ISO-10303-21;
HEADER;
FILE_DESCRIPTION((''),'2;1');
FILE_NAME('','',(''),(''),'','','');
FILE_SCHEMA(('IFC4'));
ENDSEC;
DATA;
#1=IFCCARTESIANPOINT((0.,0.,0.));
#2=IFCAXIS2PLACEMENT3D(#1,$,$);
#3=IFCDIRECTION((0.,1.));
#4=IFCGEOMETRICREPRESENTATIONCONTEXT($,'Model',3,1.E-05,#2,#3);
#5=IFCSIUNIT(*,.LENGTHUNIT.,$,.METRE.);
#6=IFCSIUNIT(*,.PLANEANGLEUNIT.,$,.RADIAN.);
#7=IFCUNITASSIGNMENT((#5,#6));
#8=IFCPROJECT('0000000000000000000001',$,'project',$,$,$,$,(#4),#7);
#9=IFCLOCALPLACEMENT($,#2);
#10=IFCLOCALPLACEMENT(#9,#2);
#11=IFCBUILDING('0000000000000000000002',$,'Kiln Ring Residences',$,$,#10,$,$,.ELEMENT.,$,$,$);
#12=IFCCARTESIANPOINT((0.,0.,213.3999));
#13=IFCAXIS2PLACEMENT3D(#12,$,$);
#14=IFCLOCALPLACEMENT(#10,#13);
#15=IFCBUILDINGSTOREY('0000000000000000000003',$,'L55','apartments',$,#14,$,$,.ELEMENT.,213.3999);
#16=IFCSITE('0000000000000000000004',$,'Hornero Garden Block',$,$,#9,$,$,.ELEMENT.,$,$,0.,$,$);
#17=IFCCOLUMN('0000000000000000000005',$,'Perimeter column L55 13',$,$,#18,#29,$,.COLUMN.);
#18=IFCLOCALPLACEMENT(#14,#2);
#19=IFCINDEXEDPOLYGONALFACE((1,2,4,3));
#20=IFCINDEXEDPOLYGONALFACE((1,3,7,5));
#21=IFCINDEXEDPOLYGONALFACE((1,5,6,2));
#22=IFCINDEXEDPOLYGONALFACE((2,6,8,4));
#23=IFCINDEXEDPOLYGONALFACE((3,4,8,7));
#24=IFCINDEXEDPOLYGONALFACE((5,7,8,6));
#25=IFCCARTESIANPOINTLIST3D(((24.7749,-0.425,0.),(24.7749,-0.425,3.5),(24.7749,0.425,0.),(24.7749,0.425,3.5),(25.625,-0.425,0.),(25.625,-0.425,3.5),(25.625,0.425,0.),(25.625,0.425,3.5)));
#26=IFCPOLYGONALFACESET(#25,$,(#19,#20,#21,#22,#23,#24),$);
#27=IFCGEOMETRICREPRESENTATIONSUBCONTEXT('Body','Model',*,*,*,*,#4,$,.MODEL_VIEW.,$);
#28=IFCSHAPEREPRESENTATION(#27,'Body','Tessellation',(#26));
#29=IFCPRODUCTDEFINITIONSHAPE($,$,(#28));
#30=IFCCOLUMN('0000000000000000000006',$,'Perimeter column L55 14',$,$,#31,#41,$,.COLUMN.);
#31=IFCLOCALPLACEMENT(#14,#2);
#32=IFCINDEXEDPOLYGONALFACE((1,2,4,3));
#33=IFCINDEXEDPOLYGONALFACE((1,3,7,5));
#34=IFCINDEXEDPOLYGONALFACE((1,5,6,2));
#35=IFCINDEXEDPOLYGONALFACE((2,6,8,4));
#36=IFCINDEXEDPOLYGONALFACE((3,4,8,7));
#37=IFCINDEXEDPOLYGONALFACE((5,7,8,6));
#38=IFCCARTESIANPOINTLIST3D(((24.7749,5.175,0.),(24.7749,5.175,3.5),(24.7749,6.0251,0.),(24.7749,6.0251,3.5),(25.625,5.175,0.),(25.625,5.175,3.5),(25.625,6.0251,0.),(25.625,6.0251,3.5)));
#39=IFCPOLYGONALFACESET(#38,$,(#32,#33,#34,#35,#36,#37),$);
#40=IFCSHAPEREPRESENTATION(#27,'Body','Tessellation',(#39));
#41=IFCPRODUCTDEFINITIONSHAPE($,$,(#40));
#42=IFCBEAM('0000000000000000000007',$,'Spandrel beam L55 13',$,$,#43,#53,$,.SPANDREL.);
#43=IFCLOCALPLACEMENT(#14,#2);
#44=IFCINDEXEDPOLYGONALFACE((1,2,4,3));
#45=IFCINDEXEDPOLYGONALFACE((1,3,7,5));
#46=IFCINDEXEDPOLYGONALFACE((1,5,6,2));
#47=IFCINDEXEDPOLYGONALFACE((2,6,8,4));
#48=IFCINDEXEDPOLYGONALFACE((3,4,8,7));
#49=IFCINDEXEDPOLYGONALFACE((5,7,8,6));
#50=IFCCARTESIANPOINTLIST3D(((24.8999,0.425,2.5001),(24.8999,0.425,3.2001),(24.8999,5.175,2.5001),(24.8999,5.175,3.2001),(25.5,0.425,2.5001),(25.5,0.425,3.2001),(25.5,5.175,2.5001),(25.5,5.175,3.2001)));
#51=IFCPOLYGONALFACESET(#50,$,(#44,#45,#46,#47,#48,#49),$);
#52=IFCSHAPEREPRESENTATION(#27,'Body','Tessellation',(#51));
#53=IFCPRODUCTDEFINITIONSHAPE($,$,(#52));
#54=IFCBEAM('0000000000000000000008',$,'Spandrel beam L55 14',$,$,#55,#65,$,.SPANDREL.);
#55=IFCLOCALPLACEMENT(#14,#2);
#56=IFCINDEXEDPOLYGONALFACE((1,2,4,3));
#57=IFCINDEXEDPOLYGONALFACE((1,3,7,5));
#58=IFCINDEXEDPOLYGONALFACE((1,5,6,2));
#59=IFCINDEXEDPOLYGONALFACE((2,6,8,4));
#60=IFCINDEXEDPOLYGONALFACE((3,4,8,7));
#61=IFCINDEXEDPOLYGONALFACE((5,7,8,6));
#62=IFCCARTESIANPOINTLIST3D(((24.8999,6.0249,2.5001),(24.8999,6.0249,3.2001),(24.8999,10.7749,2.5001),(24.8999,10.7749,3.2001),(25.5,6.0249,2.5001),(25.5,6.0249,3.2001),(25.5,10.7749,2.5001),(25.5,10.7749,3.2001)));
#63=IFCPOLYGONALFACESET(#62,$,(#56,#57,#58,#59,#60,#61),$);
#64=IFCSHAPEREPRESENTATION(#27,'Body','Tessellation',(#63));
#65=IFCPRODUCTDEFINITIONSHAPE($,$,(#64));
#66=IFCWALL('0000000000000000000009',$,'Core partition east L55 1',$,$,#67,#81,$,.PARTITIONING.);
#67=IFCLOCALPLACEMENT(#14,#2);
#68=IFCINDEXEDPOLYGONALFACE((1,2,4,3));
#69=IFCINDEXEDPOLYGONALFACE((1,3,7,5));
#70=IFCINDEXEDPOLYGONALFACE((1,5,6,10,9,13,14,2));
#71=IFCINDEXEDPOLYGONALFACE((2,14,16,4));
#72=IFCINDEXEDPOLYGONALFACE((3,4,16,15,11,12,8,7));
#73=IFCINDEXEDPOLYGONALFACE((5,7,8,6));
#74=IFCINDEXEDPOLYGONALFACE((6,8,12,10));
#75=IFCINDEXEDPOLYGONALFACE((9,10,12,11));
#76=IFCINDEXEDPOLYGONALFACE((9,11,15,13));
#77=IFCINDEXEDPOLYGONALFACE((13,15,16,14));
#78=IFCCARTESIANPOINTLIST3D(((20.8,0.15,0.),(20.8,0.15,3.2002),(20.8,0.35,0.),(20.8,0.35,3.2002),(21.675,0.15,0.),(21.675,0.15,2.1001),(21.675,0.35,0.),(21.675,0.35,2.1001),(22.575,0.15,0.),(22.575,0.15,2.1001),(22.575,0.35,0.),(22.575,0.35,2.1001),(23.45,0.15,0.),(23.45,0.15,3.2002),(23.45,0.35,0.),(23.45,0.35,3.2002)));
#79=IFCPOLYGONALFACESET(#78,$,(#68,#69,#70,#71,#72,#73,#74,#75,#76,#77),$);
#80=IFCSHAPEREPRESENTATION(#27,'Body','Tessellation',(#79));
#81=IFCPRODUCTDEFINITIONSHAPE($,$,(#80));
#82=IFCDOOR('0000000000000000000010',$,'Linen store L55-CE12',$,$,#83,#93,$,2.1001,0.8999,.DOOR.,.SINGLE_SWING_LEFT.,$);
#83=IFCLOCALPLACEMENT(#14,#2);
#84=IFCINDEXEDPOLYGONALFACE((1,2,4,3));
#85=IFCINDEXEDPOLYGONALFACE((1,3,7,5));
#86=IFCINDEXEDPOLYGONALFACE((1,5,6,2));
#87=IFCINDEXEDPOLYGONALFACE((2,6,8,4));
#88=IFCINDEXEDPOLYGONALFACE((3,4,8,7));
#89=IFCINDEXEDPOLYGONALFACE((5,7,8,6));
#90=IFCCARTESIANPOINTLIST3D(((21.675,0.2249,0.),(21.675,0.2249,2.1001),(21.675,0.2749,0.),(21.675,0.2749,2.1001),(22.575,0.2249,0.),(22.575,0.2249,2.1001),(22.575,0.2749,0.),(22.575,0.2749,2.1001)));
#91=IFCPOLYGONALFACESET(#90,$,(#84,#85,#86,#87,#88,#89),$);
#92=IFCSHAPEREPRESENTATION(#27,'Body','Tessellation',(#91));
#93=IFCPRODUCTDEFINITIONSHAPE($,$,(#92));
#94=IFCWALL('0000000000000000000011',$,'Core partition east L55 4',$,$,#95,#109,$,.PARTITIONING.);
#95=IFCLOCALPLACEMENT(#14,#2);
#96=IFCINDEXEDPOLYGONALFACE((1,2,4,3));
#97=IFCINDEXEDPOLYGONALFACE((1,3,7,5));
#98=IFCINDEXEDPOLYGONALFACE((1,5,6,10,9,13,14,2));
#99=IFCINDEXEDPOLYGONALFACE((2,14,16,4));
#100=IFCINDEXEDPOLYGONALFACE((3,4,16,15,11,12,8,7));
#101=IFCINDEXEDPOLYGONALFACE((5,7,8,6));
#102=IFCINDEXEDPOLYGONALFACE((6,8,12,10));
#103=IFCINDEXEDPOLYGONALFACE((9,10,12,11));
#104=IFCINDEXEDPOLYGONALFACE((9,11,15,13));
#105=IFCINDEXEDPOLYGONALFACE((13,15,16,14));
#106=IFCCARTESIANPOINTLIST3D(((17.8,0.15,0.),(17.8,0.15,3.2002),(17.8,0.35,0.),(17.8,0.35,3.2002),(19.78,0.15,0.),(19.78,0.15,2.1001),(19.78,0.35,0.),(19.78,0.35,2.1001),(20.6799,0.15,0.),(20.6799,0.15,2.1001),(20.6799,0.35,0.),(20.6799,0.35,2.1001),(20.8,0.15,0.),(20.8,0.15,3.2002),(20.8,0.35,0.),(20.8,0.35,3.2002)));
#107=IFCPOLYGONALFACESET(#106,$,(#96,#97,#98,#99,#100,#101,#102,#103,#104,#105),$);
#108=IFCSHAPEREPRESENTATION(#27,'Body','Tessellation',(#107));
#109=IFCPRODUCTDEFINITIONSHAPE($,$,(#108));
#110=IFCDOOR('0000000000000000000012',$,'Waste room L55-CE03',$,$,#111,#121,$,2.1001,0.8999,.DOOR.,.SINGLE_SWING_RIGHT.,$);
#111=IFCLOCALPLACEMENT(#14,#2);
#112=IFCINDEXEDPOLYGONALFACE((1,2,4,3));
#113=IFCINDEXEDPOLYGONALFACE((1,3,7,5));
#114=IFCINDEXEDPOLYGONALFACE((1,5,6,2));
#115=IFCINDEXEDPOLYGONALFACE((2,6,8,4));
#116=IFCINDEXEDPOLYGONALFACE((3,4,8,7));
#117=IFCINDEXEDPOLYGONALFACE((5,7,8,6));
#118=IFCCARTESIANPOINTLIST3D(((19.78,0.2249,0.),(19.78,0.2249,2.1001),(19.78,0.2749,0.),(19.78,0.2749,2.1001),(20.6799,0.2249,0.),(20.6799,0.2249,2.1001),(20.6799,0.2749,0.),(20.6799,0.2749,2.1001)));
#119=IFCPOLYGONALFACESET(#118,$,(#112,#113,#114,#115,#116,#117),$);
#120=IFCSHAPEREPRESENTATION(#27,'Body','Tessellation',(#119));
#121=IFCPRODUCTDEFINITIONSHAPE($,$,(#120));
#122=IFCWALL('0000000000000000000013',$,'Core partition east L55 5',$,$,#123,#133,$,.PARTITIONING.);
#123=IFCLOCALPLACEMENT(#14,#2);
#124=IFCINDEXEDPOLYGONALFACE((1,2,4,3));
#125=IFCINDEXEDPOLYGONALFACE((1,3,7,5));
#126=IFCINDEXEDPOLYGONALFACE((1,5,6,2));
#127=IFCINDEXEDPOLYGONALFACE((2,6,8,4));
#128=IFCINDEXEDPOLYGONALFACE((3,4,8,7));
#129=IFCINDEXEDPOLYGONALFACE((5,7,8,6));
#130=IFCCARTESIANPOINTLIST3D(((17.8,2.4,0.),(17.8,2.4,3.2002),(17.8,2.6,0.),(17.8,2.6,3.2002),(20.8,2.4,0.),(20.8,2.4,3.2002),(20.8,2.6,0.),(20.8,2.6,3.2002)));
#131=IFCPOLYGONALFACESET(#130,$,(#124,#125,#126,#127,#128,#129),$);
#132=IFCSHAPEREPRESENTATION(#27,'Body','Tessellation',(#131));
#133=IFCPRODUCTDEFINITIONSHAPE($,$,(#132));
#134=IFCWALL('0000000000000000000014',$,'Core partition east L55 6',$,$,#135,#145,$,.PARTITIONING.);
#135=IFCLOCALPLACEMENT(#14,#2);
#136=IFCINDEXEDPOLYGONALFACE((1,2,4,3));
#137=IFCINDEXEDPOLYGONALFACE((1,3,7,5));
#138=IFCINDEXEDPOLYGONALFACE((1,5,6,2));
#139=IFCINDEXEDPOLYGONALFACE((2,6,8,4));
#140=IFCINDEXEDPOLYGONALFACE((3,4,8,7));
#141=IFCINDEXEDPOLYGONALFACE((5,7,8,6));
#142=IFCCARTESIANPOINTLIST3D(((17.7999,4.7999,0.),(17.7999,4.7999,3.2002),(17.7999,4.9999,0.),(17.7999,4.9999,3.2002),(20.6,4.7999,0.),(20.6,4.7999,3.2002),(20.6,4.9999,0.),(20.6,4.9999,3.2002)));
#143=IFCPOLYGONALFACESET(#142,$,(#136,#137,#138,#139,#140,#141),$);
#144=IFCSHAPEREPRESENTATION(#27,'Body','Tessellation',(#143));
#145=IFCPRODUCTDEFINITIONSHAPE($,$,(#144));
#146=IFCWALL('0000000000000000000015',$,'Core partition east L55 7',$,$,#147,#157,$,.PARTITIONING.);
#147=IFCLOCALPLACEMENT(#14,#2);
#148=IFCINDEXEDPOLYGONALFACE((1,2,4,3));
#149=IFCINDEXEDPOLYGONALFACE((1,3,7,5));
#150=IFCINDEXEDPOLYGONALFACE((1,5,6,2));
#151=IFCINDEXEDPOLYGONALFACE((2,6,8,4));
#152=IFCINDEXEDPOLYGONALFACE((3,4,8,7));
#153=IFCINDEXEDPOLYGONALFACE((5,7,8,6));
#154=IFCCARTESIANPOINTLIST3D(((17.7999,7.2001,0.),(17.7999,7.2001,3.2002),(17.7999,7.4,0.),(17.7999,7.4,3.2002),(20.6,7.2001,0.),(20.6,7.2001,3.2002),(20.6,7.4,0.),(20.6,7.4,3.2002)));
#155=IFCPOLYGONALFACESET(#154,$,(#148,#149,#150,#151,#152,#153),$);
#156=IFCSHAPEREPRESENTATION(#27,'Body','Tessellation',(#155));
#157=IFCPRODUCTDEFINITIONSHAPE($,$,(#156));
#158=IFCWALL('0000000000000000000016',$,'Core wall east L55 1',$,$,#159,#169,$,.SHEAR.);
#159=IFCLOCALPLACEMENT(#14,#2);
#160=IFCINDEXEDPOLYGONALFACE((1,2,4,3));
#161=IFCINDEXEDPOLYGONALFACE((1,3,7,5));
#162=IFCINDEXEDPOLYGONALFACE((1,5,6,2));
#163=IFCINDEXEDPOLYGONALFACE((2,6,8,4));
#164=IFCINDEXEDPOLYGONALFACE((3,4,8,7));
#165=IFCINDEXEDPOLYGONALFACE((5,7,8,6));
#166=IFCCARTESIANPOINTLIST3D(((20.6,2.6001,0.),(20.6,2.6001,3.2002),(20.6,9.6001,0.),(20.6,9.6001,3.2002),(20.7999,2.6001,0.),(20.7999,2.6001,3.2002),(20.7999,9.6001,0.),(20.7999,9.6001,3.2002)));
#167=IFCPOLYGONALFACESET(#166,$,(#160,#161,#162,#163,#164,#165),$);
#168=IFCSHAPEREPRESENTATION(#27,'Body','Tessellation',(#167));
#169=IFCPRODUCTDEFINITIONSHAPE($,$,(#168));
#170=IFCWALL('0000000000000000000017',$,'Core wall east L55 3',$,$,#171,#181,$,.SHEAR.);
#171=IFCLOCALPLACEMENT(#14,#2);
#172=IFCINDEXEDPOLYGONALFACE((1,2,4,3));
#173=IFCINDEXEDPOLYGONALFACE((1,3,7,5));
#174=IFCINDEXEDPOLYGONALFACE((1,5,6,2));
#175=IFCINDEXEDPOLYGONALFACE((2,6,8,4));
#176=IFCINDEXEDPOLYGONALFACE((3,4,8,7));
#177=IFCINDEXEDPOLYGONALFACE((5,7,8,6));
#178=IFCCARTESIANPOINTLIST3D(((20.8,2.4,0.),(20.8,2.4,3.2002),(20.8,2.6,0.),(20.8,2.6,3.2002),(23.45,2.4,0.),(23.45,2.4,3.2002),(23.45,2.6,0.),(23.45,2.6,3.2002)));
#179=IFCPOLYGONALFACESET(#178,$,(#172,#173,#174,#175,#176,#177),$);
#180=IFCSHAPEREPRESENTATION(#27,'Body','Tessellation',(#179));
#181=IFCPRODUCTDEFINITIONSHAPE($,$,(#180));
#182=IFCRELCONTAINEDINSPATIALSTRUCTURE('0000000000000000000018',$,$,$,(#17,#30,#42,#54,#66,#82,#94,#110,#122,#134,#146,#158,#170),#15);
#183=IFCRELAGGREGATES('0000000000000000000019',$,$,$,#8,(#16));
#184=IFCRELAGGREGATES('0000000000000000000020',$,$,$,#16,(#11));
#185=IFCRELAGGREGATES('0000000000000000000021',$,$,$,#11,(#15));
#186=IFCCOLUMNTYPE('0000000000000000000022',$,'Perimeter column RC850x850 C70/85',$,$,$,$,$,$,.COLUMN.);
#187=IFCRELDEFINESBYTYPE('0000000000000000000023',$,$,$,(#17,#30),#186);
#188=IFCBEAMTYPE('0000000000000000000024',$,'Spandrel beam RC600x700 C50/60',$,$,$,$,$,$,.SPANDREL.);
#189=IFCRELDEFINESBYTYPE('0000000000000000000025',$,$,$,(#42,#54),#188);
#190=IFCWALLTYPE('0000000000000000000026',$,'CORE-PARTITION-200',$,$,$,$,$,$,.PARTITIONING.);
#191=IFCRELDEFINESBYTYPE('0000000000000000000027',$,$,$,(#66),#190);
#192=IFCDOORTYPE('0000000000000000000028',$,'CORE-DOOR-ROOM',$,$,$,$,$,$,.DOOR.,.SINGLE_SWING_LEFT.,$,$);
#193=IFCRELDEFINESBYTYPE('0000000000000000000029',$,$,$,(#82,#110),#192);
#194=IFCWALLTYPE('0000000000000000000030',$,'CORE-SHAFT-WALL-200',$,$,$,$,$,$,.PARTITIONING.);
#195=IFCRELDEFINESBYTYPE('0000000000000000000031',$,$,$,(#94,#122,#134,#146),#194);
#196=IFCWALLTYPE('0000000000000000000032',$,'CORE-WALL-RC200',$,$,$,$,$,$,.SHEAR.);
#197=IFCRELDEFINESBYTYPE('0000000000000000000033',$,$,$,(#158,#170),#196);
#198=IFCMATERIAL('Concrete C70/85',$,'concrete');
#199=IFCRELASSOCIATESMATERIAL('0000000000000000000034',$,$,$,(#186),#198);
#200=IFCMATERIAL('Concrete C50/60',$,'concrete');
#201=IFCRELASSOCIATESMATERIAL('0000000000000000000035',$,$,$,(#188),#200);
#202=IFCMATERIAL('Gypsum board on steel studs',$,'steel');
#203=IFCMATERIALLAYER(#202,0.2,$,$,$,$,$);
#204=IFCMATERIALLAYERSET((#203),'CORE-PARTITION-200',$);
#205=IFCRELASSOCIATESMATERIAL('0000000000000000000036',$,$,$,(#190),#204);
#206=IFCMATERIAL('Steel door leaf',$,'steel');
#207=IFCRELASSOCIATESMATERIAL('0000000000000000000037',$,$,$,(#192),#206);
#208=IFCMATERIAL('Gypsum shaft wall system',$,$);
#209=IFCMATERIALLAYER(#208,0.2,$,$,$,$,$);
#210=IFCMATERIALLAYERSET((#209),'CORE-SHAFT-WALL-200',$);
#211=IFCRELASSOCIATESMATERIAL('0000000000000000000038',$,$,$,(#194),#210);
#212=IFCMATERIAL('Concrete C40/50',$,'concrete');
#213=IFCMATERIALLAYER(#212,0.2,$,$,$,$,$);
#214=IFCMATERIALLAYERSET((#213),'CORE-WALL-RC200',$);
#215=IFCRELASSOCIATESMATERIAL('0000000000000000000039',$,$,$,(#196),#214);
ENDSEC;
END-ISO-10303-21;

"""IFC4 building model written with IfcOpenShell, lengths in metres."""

from ifc_helpers import new_model, si_unit, direction, frame, frame_2d, origin, origin_2d, place, context, subcontext, project, spatial, rectangle, extrude, material, layer, layer_set, material_profile, profile_set, type_object, element, fill, save


model = new_model("IFC4")

# Units and contexts
model_context = context("Model", 3, precision=1e-05, world=origin(), true_north=direction((0.0, 1.0)))
body_context = subcontext(model_context, "Body", "Model", "MODEL_VIEW")
ifc_project = project(units=[si_unit("LENGTHUNIT", "METRE"), si_unit("PLANEANGLEUNIT", "RADIAN")], contexts=[model_context])

# Site, building, storey
site_placement = place(None, origin())
site = spatial("IfcSite", under=ifc_project, at=site_placement, Name="Hornero Garden Block", CompositionType="ELEMENT", RefElevation=0.0)
building_placement = place(site_placement, origin())
building = spatial("IfcBuilding", under=site, at=building_placement, Name="Kiln Ring Residences", CompositionType="ELEMENT")
storey_placement = place(building_placement, frame((0.0, 0.0, 213.3999)))
storey = spatial("IfcBuildingStorey", under=building, at=storey_placement, Name="L55", Description="apartments", CompositionType="ELEMENT", Elevation=213.3999)

# Columns
ifc_material_1 = material(Name="Concrete C70/85", Category="concrete")
ifc_material_profile_1 = material_profile(ifc_material_1, rectangle(XDim=0.8501, YDim=0.8501, at=origin_2d()), Name="RC850x850")
ifc_profile_set_1 = profile_set([ifc_material_profile_1], Name="Concrete C70/85")
column_type = type_object("IfcColumnType", Name="Perimeter column RC850x850 C70/85", PredefinedType="COLUMN", material=ifc_profile_set_1)
for number, where, z_axis, x_axis, name in (
    (1, (25.2, 0.0, 0.0), (0.0, 0.0, 1.0), (1.0, 0.0, 0.0), "Perimeter column L55 13"),
    (2, (25.2, 5.6001, 0.0), (0.0, 0.0, 1.0), (1.0, 0.0, 0.0), "Perimeter column L55 14"),
):
    element("IfcColumn", number, at=place(storey_placement, frame(where, z_axis=z_axis, x_axis=x_axis)), inside=storey, type_object=column_type, Name=name, PredefinedType="COLUMN", context=body_context, shape_type="SweptSolid", body=[
        extrude(rectangle(XDim=0.8501, YDim=0.8501, at=origin_2d()), origin(), (0.0, 0.0, 1.0), 3.5),
    ])

# Beams
ifc_material_2 = material(Name="Concrete C50/60", Category="concrete")
ifc_material_profile_2 = material_profile(ifc_material_2, rectangle(XDim=0.6001, YDim=0.7, at=origin_2d()), Name="RC600x700")
ifc_profile_set_2 = profile_set([ifc_material_profile_2], Name="Concrete C50/60")
beam_type = type_object("IfcBeamType", Name="Spandrel beam RC600x700 C50/60", PredefinedType="SPANDREL", material=ifc_profile_set_2)
for number, where, z_axis, x_axis, name in (
    (3, (25.2, 0.425, 2.8501), (0.0, 1.0, 0.0), (-1.0, 0.0, 0.0), "Spandrel beam L55 13"),
    (4, (25.2, 6.0249, 2.8501), (0.0, 1.0, 0.0), (-1.0, 0.0, 0.0), "Spandrel beam L55 14"),
):
    element("IfcBeam", number, at=place(storey_placement, frame(where, z_axis=z_axis, x_axis=x_axis)), inside=storey, type_object=beam_type, Name=name, PredefinedType="SPANDREL", context=body_context, shape_type="SweptSolid", body=[
        extrude(rectangle(XDim=0.6001, YDim=0.7, at=origin_2d()), origin(), (0.0, 0.0, 1.0), 4.75),
    ])

# Walls, openings, doors
ifc_material_3 = material(Name="Gypsum board on steel studs", Category="steel")
ifc_layer_1 = layer(ifc_material_3, 0.2)
ifc_layer_set_1 = layer_set([ifc_layer_1], Name="CORE-PARTITION-200")
wall_type_1 = type_object("IfcWallType", Name="CORE-PARTITION-200", PredefinedType="PARTITIONING", material=ifc_layer_set_1)
wall_1_placement = place(storey_placement, frame((20.8, 0.25, 0.0), z_axis=(0.0, 0.0, 1.0), x_axis=(1.0, 0.0, 0.0)))
wall_1 = element("IfcWall", 5, at=wall_1_placement, inside=storey, type_object=wall_type_1, Name="Core partition east L55 1", PredefinedType="PARTITIONING", context=body_context, shape_type="SweptSolid", body=[
    extrude(rectangle(XDim=2.6499, YDim=0.2, at=frame_2d((1.325, 0.0))), origin(), (0.0, 0.0, 1.0), 3.2002),
])
opening_1_placement = place(wall_1_placement, frame((0.875, 0.0, 0.0)))
opening_1 = element("IfcOpeningElement", 6, at=opening_1_placement, cuts=wall_1, PredefinedType="OPENING", context=body_context, shape_type="SweptSolid", body=[
    extrude(rectangle(XDim=0.8999, YDim=2.1001, at=frame_2d((0.45, 1.05))), frame((0.0, 0.1099, 0.0), z_axis=(0.0, -1.0, 0.0), x_axis=(1.0, 0.0, 0.0)), (0.0, 0.0, 1.0), 0.22),
])
ifc_material_4 = material(Name="Steel door leaf", Category="steel")
door_type = type_object("IfcDoorType", Name="CORE-DOOR-ROOM", OperationType="SINGLE_SWING_LEFT", PredefinedType="DOOR", material=ifc_material_4)
door_1_placement = place(opening_1_placement, origin())
door_1 = element("IfcDoor", 7, at=door_1_placement, inside=storey, type_object=door_type, Name="Linen store L55-CE12", OperationType="SINGLE_SWING_LEFT", OverallHeight=2.1001, OverallWidth=0.8999, PredefinedType="DOOR", context=body_context, shape_type="SweptSolid", body=[
    extrude(rectangle(XDim=0.8999, YDim=2.1001, at=frame_2d((0.45, 1.05))), frame((0.0, 0.0249, 0.0), z_axis=(0.0, -1.0, 0.0), x_axis=(1.0, 0.0, 0.0)), (0.0, 0.0, 1.0), 0.05),
])
fill(opening_1, door_1)
ifc_material_5 = material(Name="Gypsum shaft wall system")
ifc_layer_2 = layer(ifc_material_5, 0.2)
ifc_layer_set_2 = layer_set([ifc_layer_2], Name="CORE-SHAFT-WALL-200")
wall_type_2 = type_object("IfcWallType", Name="CORE-SHAFT-WALL-200", PredefinedType="PARTITIONING", material=ifc_layer_set_2)
wall_2_placement = place(storey_placement, frame((17.8, 0.25, 0.0), z_axis=(0.0, 0.0, 1.0), x_axis=(1.0, 0.0, 0.0)))
wall_2 = element("IfcWall", 8, at=wall_2_placement, inside=storey, type_object=wall_type_2, Name="Core partition east L55 4", PredefinedType="PARTITIONING", context=body_context, shape_type="SweptSolid", body=[
    extrude(rectangle(XDim=3.0, YDim=0.2, at=frame_2d((1.5, 0.0))), origin(), (0.0, 0.0, 1.0), 3.2002),
])
opening_2_placement = place(wall_2_placement, frame((1.98, 0.0, 0.0)))
opening_2 = element("IfcOpeningElement", 9, at=opening_2_placement, cuts=wall_2, PredefinedType="OPENING", context=body_context, shape_type="SweptSolid", body=[
    extrude(rectangle(XDim=0.8999, YDim=2.1001, at=frame_2d((0.45, 1.05))), frame((0.0, 0.1099, 0.0), z_axis=(0.0, -1.0, 0.0), x_axis=(1.0, 0.0, 0.0)), (0.0, 0.0, 1.0), 0.22),
])
door_2_placement = place(opening_2_placement, origin())
door_2 = element("IfcDoor", 10, at=door_2_placement, inside=storey, type_object=door_type, Name="Waste room L55-CE03", OperationType="SINGLE_SWING_RIGHT", OverallHeight=2.1001, OverallWidth=0.8999, PredefinedType="DOOR", context=body_context, shape_type="SweptSolid", body=[
    extrude(rectangle(XDim=0.8999, YDim=2.1001, at=frame_2d((0.45, 1.05))), frame((0.0, 0.0249, 0.0), z_axis=(0.0, -1.0, 0.0), x_axis=(1.0, 0.0, 0.0)), (0.0, 0.0, 1.0), 0.05),
])
fill(opening_2, door_2)

# Walls
wall_3_placement = place(storey_placement, frame((17.8, 2.5, 0.0), z_axis=(0.0, 0.0, 1.0), x_axis=(1.0, 0.0, 0.0)))
element("IfcWall", 11, at=wall_3_placement, inside=storey, type_object=wall_type_2, Name="Core partition east L55 5", PredefinedType="PARTITIONING", context=body_context, shape_type="SweptSolid", body=[
    extrude(rectangle(XDim=3.0, YDim=0.2, at=frame_2d((1.5, 0.0))), origin(), (0.0, 0.0, 1.0), 3.2002),
])
for number, where, z_axis, x_axis, name in (
    (12, (17.8, 4.8999, 0.0), (0.0, 0.0, 1.0), (1.0, 0.0, 0.0), "Core partition east L55 6"),
    (13, (17.8, 7.3, 0.0), (0.0, 0.0, 1.0), (1.0, 0.0, 0.0), "Core partition east L55 7"),
):
    element("IfcWall", number, at=place(storey_placement, frame(where, z_axis=z_axis, x_axis=x_axis)), inside=storey, type_object=wall_type_2, Name=name, PredefinedType="PARTITIONING", context=body_context, shape_type="SweptSolid", body=[
        extrude(rectangle(XDim=2.8, YDim=0.2, at=frame_2d((1.3999, 0.0))), origin(), (0.0, 0.0, 1.0), 3.2002),
    ])
ifc_material_6 = material(Name="Concrete C40/50", Category="concrete")
ifc_layer_3 = layer(ifc_material_6, 0.2)
ifc_layer_set_3 = layer_set([ifc_layer_3], Name="CORE-WALL-RC200")
wall_type_3 = type_object("IfcWallType", Name="CORE-WALL-RC200", PredefinedType="SHEAR", material=ifc_layer_set_3)
wall_4_placement = place(storey_placement, frame((20.7, 2.6001, 0.0), z_axis=(0.0, 0.0, 1.0), x_axis=(0.0, 1.0, 0.0)))
element("IfcWall", 14, at=wall_4_placement, inside=storey, type_object=wall_type_3, Name="Core wall east L55 1", PredefinedType="SHEAR", context=body_context, shape_type="SweptSolid", body=[
    extrude(rectangle(XDim=7.0, YDim=0.2, at=frame_2d((3.5, 0.0))), origin(), (0.0, 0.0, 1.0), 3.2002),
])
wall_5_placement = place(storey_placement, frame((20.8, 2.5, 0.0), z_axis=(0.0, 0.0, 1.0), x_axis=(1.0, 0.0, 0.0)))
element("IfcWall", 15, at=wall_5_placement, inside=storey, type_object=wall_type_3, Name="Core wall east L55 3", PredefinedType="SHEAR", context=body_context, shape_type="SweptSolid", body=[
    extrude(rectangle(XDim=2.6499, YDim=0.2, at=frame_2d((1.325, 0.0))), origin(), (0.0, 0.0, 1.0), 3.2002),
])

save(model, "model.ifc")
